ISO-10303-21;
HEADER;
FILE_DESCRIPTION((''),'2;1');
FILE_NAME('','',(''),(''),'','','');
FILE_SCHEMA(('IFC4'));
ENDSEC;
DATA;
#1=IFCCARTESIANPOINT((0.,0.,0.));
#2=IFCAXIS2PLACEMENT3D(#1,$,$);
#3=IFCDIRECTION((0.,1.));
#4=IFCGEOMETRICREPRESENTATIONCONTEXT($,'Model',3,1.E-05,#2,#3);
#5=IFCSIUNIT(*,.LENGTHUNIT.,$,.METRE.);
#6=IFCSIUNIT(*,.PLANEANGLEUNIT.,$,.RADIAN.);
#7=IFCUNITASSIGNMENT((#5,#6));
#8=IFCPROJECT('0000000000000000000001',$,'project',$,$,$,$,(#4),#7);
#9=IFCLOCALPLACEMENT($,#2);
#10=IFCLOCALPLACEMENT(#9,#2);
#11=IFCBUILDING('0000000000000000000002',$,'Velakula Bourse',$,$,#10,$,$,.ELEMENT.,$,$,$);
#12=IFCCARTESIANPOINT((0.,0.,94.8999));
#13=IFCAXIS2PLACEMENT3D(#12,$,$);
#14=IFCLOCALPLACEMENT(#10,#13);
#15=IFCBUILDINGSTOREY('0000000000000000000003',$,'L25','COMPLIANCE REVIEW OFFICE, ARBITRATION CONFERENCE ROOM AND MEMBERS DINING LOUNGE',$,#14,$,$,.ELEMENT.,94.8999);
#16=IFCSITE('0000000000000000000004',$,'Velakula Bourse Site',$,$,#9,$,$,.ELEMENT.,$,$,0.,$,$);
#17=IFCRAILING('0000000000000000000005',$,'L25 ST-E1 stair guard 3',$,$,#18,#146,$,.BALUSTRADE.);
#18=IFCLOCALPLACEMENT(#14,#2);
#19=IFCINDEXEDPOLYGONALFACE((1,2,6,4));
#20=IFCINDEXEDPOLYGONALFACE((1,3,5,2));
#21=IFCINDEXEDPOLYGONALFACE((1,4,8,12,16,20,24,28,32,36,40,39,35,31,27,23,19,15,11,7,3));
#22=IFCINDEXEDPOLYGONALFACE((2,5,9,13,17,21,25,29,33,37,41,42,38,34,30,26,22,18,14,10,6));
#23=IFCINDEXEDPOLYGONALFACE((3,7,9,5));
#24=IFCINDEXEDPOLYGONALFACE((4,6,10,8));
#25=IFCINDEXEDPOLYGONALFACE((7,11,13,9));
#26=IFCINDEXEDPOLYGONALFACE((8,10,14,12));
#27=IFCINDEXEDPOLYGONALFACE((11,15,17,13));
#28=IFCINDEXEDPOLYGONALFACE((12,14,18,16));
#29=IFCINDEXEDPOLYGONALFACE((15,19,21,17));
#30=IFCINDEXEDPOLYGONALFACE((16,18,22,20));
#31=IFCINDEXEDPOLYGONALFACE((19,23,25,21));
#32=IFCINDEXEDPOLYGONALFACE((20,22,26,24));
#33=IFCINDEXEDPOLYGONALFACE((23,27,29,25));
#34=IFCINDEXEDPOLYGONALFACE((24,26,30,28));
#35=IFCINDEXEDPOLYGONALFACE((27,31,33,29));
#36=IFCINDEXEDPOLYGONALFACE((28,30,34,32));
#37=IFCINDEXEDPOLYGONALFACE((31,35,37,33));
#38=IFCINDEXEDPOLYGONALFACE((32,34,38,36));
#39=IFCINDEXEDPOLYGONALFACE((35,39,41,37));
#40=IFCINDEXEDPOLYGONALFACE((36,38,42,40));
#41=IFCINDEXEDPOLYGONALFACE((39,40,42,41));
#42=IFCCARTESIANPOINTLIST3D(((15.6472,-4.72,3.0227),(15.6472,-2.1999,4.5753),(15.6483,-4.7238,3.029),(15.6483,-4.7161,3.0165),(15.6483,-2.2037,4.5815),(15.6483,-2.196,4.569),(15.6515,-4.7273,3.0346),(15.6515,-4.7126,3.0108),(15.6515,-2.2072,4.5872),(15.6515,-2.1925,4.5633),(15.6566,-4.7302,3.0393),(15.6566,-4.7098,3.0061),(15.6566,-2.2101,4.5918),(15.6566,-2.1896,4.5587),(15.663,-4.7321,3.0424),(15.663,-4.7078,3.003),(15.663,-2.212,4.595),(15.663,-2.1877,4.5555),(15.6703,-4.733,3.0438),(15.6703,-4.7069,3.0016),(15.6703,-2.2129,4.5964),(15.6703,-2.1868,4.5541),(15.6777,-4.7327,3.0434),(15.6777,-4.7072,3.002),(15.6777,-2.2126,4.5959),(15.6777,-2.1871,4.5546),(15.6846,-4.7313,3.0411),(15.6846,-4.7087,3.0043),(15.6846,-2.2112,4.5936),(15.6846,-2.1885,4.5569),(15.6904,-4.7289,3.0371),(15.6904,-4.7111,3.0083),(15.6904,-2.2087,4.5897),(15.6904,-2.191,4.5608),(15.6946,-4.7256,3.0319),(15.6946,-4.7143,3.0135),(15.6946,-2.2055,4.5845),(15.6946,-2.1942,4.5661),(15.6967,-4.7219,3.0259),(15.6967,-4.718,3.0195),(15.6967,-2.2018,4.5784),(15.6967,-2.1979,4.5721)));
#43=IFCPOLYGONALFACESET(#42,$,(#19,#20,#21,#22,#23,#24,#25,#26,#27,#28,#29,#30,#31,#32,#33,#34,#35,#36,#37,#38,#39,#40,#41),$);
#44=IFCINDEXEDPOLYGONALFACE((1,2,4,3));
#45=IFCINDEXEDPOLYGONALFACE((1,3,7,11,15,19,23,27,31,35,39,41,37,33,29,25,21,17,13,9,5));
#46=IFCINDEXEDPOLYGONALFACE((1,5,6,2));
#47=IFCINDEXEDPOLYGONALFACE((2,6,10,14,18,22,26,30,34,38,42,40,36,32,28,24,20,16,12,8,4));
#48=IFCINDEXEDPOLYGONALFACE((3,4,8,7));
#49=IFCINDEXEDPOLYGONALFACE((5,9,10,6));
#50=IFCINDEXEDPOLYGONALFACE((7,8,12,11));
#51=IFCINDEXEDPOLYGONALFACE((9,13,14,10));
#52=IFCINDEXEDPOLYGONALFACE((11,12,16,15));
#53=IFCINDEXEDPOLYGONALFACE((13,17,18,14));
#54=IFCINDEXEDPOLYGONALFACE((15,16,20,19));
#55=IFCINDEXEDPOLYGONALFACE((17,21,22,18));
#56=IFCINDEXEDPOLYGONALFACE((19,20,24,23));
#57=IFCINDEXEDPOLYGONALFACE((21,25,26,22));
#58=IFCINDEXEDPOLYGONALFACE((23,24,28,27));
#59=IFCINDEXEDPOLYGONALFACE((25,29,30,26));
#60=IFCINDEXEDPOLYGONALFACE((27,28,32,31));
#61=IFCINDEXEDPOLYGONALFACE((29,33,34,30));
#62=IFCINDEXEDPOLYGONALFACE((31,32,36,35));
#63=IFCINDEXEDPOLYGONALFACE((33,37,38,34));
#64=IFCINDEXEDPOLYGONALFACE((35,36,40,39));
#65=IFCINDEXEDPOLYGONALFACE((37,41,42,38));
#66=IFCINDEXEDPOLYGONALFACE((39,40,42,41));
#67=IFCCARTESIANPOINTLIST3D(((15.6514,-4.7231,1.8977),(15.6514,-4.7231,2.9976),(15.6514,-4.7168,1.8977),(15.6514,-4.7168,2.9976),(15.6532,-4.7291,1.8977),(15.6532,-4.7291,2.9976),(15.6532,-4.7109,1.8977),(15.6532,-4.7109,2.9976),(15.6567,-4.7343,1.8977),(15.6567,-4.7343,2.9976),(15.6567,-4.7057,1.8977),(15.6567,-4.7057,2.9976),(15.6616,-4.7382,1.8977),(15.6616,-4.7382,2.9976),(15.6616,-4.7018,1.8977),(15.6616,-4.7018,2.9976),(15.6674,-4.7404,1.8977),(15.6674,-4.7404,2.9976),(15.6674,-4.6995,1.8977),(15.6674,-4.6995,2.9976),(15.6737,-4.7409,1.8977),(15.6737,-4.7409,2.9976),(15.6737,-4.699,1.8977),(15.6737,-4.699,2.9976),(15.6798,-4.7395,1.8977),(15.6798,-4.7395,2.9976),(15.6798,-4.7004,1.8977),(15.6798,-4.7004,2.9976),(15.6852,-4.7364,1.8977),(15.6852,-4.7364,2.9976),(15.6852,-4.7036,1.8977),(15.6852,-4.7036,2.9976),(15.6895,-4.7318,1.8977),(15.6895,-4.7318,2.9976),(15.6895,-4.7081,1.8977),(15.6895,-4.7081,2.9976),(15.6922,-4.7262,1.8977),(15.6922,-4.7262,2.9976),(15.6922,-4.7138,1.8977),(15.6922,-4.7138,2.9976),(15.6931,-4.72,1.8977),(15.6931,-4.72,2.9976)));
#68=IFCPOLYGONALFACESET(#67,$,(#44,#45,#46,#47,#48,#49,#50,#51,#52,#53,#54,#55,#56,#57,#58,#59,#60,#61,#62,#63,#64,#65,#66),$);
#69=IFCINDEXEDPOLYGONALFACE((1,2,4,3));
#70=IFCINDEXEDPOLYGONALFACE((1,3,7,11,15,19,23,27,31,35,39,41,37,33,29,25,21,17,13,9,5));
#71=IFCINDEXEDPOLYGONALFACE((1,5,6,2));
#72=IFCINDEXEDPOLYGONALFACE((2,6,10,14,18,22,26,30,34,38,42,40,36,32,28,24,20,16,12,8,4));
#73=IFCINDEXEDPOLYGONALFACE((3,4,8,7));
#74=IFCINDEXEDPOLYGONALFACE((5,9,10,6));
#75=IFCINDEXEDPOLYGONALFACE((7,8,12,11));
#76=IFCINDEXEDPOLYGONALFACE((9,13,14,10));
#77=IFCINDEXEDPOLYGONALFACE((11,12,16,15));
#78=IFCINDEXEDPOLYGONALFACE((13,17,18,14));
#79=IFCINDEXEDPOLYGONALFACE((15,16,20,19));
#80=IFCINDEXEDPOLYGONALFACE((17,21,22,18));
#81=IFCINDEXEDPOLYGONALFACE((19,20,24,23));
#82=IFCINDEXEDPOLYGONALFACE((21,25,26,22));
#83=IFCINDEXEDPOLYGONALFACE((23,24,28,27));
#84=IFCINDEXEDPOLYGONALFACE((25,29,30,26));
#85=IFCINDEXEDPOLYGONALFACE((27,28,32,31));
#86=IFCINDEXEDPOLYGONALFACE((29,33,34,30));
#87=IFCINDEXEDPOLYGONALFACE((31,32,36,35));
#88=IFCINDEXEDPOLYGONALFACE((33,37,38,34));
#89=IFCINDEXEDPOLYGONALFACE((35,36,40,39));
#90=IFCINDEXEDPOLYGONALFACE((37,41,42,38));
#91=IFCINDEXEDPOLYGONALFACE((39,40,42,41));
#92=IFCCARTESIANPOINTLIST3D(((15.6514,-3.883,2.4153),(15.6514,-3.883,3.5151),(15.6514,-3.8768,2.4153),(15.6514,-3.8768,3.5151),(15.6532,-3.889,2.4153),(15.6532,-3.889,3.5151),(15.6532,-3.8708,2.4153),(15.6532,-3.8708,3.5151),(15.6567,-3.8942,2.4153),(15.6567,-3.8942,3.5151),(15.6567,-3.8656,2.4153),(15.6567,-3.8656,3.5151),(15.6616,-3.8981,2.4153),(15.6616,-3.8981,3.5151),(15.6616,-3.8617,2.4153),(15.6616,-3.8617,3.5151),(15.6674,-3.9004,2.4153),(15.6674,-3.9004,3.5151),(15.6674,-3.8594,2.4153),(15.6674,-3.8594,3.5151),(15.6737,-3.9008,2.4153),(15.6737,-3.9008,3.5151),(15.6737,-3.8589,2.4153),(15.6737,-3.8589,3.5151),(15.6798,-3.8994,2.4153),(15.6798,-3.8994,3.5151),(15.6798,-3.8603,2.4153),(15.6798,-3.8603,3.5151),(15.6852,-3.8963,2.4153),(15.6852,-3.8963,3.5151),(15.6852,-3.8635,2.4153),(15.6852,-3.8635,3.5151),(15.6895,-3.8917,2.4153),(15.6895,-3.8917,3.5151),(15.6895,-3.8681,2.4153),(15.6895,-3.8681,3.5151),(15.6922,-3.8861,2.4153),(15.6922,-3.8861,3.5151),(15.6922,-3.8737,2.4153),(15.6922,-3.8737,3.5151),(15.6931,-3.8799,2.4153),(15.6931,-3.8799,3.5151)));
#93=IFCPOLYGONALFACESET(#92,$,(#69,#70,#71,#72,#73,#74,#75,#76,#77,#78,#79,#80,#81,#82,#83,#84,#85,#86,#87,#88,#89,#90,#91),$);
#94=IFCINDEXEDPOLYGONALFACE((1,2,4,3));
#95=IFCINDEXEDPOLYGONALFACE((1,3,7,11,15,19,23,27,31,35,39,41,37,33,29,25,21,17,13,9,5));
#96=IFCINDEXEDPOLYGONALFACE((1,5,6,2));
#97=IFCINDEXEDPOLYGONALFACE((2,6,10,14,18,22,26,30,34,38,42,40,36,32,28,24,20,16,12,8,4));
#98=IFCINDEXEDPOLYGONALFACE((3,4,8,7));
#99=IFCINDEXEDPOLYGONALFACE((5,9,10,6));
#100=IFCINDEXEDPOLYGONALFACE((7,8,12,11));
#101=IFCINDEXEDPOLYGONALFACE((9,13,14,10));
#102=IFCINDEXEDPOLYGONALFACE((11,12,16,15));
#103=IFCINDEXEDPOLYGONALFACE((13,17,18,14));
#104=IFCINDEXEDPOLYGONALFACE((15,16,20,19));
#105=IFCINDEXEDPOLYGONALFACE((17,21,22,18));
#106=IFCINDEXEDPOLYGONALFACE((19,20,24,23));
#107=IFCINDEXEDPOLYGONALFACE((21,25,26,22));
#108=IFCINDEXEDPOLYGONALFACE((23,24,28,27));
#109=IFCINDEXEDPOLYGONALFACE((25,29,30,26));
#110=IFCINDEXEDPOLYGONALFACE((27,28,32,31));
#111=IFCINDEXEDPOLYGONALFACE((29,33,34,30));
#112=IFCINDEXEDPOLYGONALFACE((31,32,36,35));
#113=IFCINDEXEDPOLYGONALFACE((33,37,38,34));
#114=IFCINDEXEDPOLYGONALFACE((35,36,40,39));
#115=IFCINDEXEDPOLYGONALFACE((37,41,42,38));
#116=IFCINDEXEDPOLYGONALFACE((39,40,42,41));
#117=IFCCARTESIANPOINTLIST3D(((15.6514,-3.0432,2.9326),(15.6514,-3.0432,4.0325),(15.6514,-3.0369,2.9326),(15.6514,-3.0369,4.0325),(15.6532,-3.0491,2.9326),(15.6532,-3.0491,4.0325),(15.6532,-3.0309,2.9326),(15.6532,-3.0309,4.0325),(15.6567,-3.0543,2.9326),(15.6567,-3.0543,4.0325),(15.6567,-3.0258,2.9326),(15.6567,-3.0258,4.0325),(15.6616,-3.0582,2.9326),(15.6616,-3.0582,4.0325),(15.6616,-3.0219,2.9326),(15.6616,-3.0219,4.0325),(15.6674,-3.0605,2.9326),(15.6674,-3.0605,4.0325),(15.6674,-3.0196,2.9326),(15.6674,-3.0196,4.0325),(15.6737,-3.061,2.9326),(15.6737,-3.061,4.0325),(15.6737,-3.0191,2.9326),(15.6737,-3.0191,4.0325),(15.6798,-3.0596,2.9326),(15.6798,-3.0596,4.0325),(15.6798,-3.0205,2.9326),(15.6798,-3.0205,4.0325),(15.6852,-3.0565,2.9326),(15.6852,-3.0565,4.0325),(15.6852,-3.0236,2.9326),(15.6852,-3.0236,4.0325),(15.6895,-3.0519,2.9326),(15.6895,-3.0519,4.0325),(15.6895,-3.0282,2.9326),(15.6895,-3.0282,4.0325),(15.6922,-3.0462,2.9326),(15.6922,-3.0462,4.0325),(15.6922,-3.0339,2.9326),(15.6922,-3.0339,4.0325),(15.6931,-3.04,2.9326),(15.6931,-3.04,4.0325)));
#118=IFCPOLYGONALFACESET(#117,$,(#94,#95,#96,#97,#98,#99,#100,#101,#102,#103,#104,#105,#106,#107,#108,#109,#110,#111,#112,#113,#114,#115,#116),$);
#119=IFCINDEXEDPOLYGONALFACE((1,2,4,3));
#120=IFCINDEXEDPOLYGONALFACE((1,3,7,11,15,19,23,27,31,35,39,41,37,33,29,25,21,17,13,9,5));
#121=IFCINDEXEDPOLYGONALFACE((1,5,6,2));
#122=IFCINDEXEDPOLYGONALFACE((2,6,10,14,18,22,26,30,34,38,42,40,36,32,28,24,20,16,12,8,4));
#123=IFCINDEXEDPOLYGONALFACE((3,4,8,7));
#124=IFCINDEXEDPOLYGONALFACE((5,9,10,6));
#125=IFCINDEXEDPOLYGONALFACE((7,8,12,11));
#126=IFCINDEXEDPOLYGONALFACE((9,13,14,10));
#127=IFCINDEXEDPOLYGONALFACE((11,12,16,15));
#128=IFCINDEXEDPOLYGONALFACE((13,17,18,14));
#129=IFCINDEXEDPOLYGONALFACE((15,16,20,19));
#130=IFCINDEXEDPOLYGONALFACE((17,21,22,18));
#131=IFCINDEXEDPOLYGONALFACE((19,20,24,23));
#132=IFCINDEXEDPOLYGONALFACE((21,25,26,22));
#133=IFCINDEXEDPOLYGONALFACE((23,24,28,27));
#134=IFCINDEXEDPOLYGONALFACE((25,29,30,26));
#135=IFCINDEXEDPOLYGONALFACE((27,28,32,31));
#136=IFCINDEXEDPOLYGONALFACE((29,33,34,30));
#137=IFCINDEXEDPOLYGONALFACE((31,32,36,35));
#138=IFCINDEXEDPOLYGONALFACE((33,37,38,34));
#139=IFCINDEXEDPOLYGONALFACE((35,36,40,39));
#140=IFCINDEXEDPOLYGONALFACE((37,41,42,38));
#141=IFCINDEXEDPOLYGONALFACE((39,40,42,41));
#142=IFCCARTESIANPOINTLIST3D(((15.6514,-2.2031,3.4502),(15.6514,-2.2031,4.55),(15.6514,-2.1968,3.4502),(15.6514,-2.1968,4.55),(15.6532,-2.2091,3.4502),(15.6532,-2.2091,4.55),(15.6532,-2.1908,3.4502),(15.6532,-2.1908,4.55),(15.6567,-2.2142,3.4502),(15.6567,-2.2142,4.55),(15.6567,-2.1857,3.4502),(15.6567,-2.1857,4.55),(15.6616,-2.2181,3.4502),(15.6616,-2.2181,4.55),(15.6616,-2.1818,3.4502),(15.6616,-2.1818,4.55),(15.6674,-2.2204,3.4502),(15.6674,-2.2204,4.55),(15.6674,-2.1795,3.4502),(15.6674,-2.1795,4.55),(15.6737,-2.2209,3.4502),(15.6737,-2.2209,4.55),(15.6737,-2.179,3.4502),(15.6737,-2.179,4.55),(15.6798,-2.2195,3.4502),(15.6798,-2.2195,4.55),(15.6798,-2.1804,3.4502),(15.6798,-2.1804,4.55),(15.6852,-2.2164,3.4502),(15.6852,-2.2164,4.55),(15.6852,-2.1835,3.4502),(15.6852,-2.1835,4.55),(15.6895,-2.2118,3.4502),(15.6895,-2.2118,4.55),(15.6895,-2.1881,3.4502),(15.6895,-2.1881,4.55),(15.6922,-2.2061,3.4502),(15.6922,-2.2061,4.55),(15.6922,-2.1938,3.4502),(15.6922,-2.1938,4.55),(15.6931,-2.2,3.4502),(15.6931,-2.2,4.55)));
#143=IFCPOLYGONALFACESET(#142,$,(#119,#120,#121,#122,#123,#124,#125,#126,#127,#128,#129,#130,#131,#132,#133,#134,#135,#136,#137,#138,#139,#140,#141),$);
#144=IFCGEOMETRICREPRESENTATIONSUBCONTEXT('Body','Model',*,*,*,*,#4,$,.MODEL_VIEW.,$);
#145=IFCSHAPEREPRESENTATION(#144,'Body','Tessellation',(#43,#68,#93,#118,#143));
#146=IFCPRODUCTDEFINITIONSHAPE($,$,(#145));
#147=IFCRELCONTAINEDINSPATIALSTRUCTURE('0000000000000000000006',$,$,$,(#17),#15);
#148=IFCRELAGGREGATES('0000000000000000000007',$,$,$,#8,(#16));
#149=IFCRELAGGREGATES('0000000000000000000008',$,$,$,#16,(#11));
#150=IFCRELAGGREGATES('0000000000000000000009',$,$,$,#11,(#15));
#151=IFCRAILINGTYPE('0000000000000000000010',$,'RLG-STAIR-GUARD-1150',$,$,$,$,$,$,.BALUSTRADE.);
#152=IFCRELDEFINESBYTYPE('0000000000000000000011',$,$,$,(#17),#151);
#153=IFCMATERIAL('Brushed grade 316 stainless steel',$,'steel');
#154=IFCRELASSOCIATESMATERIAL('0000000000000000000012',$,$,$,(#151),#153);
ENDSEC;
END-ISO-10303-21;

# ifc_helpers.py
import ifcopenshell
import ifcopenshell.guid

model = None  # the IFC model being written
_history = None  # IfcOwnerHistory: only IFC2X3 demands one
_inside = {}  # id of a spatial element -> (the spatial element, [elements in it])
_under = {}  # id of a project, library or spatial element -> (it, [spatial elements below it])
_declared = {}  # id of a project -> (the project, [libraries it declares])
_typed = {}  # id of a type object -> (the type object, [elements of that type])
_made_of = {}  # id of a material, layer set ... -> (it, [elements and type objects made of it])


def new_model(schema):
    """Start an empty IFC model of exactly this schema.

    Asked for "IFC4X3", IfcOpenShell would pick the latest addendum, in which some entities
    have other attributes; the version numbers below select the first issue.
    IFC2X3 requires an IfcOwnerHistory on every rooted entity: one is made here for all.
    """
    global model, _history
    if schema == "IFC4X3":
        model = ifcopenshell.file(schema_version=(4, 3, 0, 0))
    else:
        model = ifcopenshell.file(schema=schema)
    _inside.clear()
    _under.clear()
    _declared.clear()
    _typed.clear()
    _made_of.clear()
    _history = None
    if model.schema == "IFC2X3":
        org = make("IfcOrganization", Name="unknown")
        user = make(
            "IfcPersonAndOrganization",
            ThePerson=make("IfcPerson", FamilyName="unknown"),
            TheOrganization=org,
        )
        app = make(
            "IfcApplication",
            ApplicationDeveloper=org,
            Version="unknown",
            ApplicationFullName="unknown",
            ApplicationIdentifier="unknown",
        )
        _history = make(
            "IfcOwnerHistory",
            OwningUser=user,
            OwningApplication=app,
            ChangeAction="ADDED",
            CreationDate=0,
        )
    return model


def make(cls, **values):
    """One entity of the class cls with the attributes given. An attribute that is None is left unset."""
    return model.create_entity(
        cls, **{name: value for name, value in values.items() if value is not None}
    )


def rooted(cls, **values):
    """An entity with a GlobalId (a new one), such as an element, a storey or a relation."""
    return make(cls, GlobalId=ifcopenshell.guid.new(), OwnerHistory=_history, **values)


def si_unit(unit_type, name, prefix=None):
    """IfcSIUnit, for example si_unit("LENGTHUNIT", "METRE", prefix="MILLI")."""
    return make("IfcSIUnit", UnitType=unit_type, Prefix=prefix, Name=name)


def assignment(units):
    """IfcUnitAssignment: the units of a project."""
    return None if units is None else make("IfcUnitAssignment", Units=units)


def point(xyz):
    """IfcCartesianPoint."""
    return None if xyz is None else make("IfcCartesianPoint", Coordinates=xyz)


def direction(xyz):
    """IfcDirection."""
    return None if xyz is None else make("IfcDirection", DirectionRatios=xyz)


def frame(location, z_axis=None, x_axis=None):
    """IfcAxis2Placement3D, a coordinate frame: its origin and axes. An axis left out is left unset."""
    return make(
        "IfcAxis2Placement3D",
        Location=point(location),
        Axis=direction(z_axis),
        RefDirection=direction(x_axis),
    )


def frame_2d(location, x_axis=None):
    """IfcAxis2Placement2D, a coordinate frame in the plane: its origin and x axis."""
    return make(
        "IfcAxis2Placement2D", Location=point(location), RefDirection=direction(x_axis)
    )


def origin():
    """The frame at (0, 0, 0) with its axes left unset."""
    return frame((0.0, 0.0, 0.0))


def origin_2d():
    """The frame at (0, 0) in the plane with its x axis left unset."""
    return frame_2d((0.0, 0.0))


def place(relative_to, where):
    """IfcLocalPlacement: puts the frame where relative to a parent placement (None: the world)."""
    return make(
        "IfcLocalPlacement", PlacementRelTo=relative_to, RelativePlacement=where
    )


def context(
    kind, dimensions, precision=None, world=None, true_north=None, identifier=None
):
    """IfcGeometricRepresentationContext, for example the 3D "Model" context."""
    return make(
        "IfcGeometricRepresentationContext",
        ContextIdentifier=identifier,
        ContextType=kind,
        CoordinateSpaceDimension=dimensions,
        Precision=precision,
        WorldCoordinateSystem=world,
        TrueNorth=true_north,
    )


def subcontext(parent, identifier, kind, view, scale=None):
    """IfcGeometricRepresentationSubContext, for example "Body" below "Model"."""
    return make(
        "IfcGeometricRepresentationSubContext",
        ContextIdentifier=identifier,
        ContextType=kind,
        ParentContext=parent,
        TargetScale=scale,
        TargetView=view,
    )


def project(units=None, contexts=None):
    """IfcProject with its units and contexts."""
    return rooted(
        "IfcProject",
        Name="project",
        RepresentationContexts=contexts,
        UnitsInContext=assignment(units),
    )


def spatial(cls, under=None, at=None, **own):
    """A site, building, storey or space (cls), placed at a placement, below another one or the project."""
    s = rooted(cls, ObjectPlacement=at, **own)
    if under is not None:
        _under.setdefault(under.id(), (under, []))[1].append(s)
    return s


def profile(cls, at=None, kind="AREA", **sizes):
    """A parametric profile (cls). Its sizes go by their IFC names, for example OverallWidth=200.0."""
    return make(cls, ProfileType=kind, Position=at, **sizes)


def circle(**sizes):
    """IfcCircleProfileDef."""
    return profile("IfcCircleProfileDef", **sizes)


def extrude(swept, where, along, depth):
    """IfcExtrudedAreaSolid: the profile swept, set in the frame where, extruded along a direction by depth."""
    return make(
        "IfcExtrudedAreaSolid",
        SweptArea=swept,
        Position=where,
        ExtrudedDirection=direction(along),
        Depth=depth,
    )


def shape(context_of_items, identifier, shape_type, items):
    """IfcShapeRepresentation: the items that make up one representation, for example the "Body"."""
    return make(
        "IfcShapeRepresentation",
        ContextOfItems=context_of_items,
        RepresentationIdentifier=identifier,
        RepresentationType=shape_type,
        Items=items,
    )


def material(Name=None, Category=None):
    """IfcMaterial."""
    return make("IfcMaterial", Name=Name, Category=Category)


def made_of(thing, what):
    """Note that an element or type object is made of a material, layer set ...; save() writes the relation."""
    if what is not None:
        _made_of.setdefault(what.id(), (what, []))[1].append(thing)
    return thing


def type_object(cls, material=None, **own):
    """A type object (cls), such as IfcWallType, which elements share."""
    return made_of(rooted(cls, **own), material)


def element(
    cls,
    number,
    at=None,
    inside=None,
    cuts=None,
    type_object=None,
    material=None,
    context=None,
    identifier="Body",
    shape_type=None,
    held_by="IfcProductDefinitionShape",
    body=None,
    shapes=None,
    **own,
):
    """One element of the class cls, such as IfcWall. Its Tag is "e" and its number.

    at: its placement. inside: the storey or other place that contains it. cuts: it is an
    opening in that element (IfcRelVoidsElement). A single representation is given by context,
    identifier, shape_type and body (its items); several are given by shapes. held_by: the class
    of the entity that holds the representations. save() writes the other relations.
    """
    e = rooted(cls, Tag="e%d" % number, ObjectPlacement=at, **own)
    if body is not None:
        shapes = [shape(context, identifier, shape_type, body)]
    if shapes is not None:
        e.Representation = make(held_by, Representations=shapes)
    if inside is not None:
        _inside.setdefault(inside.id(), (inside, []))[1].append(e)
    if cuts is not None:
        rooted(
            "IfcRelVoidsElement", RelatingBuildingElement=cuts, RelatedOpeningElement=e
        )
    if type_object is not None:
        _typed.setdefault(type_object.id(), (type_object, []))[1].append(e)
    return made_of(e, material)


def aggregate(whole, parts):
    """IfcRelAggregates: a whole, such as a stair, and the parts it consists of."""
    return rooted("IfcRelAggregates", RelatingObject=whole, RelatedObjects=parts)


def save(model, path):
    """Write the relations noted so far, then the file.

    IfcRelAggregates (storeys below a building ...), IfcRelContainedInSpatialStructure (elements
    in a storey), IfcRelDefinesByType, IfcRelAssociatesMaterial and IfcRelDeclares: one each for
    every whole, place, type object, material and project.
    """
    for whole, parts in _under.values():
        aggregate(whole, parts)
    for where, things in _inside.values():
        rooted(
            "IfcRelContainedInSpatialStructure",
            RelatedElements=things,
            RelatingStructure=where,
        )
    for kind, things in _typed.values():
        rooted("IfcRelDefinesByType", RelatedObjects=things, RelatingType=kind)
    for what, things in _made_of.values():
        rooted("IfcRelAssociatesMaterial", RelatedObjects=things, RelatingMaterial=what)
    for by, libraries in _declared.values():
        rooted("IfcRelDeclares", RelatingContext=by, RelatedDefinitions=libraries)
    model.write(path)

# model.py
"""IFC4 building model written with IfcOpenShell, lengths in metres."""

from ifc_helpers import new_model, si_unit, direction, frame, origin, origin_2d, place, context, subcontext, project, spatial, circle, extrude, material, type_object, element, save


model = new_model("IFC4")

# Units and contexts
model_context = context("Model", 3, precision=1e-05, world=origin(), true_north=direction((0.0, 1.0)))
body_context = subcontext(model_context, "Body", "Model", "MODEL_VIEW")
ifc_project = project(units=[si_unit("LENGTHUNIT", "METRE"), si_unit("PLANEANGLEUNIT", "RADIAN")], contexts=[model_context])

# Site, building, storey
site_placement = place(None, origin())
site = spatial("IfcSite", under=ifc_project, at=site_placement, Name="Velakula Bourse Site", CompositionType="ELEMENT", RefElevation=0.0)
building_placement = place(site_placement, origin())
building = spatial("IfcBuilding", under=site, at=building_placement, Name="Velakula Bourse", CompositionType="ELEMENT")
storey_placement = place(building_placement, frame((0.0, 0.0, 94.8999)))
storey = spatial("IfcBuildingStorey", under=building, at=storey_placement, Name="L25", Description="COMPLIANCE REVIEW OFFICE, ARBITRATION CONFERENCE ROOM AND MEMBERS DINING LOUNGE", CompositionType="ELEMENT", Elevation=94.8999)

# Railing
ifc_material_1 = material(Name="Brushed grade 316 stainless steel", Category="steel")
railing_type_1 = type_object("IfcRailingType", Name="RLG-STAIR-GUARD-1150", PredefinedType="BALUSTRADE", material=ifc_material_1)
railing_1_placement = place(storey_placement, frame((15.6721, -4.72, 1.8977)))
element("IfcRailing", 1, at=railing_1_placement, inside=storey, type_object=railing_type_1, Name="L25 ST-E1 stair guard 3", PredefinedType="BALUSTRADE", context=body_context, shape_type="SweptSolid", body=[
    extrude(circle(Radius=0.0249, at=origin_2d()), frame((0.0, 0.0, 1.125), z_axis=(0.0, 0.8514, 0.524516), x_axis=(-1.0, 0.0, 0.0)), (0.0, 0.0, 1.0), 2.96),
    extrude(circle(Radius=0.021, at=origin_2d()), origin(), (0.0, 0.0, 1.0), 1.0999),
    extrude(circle(Radius=0.021, at=origin_2d()), frame((0.0, 0.8401, 0.5176)), (0.0, 0.0, 1.0), 1.0999),
    extrude(circle(Radius=0.021, at=origin_2d()), frame((0.0, 1.6799, 1.0349)), (0.0, 0.0, 1.0), 1.0999),
    extrude(circle(Radius=0.021, at=origin_2d()), frame((0.0, 2.52, 1.5525)), (0.0, 0.0, 1.0), 1.0999),
])

save(model, "model.ifc")
